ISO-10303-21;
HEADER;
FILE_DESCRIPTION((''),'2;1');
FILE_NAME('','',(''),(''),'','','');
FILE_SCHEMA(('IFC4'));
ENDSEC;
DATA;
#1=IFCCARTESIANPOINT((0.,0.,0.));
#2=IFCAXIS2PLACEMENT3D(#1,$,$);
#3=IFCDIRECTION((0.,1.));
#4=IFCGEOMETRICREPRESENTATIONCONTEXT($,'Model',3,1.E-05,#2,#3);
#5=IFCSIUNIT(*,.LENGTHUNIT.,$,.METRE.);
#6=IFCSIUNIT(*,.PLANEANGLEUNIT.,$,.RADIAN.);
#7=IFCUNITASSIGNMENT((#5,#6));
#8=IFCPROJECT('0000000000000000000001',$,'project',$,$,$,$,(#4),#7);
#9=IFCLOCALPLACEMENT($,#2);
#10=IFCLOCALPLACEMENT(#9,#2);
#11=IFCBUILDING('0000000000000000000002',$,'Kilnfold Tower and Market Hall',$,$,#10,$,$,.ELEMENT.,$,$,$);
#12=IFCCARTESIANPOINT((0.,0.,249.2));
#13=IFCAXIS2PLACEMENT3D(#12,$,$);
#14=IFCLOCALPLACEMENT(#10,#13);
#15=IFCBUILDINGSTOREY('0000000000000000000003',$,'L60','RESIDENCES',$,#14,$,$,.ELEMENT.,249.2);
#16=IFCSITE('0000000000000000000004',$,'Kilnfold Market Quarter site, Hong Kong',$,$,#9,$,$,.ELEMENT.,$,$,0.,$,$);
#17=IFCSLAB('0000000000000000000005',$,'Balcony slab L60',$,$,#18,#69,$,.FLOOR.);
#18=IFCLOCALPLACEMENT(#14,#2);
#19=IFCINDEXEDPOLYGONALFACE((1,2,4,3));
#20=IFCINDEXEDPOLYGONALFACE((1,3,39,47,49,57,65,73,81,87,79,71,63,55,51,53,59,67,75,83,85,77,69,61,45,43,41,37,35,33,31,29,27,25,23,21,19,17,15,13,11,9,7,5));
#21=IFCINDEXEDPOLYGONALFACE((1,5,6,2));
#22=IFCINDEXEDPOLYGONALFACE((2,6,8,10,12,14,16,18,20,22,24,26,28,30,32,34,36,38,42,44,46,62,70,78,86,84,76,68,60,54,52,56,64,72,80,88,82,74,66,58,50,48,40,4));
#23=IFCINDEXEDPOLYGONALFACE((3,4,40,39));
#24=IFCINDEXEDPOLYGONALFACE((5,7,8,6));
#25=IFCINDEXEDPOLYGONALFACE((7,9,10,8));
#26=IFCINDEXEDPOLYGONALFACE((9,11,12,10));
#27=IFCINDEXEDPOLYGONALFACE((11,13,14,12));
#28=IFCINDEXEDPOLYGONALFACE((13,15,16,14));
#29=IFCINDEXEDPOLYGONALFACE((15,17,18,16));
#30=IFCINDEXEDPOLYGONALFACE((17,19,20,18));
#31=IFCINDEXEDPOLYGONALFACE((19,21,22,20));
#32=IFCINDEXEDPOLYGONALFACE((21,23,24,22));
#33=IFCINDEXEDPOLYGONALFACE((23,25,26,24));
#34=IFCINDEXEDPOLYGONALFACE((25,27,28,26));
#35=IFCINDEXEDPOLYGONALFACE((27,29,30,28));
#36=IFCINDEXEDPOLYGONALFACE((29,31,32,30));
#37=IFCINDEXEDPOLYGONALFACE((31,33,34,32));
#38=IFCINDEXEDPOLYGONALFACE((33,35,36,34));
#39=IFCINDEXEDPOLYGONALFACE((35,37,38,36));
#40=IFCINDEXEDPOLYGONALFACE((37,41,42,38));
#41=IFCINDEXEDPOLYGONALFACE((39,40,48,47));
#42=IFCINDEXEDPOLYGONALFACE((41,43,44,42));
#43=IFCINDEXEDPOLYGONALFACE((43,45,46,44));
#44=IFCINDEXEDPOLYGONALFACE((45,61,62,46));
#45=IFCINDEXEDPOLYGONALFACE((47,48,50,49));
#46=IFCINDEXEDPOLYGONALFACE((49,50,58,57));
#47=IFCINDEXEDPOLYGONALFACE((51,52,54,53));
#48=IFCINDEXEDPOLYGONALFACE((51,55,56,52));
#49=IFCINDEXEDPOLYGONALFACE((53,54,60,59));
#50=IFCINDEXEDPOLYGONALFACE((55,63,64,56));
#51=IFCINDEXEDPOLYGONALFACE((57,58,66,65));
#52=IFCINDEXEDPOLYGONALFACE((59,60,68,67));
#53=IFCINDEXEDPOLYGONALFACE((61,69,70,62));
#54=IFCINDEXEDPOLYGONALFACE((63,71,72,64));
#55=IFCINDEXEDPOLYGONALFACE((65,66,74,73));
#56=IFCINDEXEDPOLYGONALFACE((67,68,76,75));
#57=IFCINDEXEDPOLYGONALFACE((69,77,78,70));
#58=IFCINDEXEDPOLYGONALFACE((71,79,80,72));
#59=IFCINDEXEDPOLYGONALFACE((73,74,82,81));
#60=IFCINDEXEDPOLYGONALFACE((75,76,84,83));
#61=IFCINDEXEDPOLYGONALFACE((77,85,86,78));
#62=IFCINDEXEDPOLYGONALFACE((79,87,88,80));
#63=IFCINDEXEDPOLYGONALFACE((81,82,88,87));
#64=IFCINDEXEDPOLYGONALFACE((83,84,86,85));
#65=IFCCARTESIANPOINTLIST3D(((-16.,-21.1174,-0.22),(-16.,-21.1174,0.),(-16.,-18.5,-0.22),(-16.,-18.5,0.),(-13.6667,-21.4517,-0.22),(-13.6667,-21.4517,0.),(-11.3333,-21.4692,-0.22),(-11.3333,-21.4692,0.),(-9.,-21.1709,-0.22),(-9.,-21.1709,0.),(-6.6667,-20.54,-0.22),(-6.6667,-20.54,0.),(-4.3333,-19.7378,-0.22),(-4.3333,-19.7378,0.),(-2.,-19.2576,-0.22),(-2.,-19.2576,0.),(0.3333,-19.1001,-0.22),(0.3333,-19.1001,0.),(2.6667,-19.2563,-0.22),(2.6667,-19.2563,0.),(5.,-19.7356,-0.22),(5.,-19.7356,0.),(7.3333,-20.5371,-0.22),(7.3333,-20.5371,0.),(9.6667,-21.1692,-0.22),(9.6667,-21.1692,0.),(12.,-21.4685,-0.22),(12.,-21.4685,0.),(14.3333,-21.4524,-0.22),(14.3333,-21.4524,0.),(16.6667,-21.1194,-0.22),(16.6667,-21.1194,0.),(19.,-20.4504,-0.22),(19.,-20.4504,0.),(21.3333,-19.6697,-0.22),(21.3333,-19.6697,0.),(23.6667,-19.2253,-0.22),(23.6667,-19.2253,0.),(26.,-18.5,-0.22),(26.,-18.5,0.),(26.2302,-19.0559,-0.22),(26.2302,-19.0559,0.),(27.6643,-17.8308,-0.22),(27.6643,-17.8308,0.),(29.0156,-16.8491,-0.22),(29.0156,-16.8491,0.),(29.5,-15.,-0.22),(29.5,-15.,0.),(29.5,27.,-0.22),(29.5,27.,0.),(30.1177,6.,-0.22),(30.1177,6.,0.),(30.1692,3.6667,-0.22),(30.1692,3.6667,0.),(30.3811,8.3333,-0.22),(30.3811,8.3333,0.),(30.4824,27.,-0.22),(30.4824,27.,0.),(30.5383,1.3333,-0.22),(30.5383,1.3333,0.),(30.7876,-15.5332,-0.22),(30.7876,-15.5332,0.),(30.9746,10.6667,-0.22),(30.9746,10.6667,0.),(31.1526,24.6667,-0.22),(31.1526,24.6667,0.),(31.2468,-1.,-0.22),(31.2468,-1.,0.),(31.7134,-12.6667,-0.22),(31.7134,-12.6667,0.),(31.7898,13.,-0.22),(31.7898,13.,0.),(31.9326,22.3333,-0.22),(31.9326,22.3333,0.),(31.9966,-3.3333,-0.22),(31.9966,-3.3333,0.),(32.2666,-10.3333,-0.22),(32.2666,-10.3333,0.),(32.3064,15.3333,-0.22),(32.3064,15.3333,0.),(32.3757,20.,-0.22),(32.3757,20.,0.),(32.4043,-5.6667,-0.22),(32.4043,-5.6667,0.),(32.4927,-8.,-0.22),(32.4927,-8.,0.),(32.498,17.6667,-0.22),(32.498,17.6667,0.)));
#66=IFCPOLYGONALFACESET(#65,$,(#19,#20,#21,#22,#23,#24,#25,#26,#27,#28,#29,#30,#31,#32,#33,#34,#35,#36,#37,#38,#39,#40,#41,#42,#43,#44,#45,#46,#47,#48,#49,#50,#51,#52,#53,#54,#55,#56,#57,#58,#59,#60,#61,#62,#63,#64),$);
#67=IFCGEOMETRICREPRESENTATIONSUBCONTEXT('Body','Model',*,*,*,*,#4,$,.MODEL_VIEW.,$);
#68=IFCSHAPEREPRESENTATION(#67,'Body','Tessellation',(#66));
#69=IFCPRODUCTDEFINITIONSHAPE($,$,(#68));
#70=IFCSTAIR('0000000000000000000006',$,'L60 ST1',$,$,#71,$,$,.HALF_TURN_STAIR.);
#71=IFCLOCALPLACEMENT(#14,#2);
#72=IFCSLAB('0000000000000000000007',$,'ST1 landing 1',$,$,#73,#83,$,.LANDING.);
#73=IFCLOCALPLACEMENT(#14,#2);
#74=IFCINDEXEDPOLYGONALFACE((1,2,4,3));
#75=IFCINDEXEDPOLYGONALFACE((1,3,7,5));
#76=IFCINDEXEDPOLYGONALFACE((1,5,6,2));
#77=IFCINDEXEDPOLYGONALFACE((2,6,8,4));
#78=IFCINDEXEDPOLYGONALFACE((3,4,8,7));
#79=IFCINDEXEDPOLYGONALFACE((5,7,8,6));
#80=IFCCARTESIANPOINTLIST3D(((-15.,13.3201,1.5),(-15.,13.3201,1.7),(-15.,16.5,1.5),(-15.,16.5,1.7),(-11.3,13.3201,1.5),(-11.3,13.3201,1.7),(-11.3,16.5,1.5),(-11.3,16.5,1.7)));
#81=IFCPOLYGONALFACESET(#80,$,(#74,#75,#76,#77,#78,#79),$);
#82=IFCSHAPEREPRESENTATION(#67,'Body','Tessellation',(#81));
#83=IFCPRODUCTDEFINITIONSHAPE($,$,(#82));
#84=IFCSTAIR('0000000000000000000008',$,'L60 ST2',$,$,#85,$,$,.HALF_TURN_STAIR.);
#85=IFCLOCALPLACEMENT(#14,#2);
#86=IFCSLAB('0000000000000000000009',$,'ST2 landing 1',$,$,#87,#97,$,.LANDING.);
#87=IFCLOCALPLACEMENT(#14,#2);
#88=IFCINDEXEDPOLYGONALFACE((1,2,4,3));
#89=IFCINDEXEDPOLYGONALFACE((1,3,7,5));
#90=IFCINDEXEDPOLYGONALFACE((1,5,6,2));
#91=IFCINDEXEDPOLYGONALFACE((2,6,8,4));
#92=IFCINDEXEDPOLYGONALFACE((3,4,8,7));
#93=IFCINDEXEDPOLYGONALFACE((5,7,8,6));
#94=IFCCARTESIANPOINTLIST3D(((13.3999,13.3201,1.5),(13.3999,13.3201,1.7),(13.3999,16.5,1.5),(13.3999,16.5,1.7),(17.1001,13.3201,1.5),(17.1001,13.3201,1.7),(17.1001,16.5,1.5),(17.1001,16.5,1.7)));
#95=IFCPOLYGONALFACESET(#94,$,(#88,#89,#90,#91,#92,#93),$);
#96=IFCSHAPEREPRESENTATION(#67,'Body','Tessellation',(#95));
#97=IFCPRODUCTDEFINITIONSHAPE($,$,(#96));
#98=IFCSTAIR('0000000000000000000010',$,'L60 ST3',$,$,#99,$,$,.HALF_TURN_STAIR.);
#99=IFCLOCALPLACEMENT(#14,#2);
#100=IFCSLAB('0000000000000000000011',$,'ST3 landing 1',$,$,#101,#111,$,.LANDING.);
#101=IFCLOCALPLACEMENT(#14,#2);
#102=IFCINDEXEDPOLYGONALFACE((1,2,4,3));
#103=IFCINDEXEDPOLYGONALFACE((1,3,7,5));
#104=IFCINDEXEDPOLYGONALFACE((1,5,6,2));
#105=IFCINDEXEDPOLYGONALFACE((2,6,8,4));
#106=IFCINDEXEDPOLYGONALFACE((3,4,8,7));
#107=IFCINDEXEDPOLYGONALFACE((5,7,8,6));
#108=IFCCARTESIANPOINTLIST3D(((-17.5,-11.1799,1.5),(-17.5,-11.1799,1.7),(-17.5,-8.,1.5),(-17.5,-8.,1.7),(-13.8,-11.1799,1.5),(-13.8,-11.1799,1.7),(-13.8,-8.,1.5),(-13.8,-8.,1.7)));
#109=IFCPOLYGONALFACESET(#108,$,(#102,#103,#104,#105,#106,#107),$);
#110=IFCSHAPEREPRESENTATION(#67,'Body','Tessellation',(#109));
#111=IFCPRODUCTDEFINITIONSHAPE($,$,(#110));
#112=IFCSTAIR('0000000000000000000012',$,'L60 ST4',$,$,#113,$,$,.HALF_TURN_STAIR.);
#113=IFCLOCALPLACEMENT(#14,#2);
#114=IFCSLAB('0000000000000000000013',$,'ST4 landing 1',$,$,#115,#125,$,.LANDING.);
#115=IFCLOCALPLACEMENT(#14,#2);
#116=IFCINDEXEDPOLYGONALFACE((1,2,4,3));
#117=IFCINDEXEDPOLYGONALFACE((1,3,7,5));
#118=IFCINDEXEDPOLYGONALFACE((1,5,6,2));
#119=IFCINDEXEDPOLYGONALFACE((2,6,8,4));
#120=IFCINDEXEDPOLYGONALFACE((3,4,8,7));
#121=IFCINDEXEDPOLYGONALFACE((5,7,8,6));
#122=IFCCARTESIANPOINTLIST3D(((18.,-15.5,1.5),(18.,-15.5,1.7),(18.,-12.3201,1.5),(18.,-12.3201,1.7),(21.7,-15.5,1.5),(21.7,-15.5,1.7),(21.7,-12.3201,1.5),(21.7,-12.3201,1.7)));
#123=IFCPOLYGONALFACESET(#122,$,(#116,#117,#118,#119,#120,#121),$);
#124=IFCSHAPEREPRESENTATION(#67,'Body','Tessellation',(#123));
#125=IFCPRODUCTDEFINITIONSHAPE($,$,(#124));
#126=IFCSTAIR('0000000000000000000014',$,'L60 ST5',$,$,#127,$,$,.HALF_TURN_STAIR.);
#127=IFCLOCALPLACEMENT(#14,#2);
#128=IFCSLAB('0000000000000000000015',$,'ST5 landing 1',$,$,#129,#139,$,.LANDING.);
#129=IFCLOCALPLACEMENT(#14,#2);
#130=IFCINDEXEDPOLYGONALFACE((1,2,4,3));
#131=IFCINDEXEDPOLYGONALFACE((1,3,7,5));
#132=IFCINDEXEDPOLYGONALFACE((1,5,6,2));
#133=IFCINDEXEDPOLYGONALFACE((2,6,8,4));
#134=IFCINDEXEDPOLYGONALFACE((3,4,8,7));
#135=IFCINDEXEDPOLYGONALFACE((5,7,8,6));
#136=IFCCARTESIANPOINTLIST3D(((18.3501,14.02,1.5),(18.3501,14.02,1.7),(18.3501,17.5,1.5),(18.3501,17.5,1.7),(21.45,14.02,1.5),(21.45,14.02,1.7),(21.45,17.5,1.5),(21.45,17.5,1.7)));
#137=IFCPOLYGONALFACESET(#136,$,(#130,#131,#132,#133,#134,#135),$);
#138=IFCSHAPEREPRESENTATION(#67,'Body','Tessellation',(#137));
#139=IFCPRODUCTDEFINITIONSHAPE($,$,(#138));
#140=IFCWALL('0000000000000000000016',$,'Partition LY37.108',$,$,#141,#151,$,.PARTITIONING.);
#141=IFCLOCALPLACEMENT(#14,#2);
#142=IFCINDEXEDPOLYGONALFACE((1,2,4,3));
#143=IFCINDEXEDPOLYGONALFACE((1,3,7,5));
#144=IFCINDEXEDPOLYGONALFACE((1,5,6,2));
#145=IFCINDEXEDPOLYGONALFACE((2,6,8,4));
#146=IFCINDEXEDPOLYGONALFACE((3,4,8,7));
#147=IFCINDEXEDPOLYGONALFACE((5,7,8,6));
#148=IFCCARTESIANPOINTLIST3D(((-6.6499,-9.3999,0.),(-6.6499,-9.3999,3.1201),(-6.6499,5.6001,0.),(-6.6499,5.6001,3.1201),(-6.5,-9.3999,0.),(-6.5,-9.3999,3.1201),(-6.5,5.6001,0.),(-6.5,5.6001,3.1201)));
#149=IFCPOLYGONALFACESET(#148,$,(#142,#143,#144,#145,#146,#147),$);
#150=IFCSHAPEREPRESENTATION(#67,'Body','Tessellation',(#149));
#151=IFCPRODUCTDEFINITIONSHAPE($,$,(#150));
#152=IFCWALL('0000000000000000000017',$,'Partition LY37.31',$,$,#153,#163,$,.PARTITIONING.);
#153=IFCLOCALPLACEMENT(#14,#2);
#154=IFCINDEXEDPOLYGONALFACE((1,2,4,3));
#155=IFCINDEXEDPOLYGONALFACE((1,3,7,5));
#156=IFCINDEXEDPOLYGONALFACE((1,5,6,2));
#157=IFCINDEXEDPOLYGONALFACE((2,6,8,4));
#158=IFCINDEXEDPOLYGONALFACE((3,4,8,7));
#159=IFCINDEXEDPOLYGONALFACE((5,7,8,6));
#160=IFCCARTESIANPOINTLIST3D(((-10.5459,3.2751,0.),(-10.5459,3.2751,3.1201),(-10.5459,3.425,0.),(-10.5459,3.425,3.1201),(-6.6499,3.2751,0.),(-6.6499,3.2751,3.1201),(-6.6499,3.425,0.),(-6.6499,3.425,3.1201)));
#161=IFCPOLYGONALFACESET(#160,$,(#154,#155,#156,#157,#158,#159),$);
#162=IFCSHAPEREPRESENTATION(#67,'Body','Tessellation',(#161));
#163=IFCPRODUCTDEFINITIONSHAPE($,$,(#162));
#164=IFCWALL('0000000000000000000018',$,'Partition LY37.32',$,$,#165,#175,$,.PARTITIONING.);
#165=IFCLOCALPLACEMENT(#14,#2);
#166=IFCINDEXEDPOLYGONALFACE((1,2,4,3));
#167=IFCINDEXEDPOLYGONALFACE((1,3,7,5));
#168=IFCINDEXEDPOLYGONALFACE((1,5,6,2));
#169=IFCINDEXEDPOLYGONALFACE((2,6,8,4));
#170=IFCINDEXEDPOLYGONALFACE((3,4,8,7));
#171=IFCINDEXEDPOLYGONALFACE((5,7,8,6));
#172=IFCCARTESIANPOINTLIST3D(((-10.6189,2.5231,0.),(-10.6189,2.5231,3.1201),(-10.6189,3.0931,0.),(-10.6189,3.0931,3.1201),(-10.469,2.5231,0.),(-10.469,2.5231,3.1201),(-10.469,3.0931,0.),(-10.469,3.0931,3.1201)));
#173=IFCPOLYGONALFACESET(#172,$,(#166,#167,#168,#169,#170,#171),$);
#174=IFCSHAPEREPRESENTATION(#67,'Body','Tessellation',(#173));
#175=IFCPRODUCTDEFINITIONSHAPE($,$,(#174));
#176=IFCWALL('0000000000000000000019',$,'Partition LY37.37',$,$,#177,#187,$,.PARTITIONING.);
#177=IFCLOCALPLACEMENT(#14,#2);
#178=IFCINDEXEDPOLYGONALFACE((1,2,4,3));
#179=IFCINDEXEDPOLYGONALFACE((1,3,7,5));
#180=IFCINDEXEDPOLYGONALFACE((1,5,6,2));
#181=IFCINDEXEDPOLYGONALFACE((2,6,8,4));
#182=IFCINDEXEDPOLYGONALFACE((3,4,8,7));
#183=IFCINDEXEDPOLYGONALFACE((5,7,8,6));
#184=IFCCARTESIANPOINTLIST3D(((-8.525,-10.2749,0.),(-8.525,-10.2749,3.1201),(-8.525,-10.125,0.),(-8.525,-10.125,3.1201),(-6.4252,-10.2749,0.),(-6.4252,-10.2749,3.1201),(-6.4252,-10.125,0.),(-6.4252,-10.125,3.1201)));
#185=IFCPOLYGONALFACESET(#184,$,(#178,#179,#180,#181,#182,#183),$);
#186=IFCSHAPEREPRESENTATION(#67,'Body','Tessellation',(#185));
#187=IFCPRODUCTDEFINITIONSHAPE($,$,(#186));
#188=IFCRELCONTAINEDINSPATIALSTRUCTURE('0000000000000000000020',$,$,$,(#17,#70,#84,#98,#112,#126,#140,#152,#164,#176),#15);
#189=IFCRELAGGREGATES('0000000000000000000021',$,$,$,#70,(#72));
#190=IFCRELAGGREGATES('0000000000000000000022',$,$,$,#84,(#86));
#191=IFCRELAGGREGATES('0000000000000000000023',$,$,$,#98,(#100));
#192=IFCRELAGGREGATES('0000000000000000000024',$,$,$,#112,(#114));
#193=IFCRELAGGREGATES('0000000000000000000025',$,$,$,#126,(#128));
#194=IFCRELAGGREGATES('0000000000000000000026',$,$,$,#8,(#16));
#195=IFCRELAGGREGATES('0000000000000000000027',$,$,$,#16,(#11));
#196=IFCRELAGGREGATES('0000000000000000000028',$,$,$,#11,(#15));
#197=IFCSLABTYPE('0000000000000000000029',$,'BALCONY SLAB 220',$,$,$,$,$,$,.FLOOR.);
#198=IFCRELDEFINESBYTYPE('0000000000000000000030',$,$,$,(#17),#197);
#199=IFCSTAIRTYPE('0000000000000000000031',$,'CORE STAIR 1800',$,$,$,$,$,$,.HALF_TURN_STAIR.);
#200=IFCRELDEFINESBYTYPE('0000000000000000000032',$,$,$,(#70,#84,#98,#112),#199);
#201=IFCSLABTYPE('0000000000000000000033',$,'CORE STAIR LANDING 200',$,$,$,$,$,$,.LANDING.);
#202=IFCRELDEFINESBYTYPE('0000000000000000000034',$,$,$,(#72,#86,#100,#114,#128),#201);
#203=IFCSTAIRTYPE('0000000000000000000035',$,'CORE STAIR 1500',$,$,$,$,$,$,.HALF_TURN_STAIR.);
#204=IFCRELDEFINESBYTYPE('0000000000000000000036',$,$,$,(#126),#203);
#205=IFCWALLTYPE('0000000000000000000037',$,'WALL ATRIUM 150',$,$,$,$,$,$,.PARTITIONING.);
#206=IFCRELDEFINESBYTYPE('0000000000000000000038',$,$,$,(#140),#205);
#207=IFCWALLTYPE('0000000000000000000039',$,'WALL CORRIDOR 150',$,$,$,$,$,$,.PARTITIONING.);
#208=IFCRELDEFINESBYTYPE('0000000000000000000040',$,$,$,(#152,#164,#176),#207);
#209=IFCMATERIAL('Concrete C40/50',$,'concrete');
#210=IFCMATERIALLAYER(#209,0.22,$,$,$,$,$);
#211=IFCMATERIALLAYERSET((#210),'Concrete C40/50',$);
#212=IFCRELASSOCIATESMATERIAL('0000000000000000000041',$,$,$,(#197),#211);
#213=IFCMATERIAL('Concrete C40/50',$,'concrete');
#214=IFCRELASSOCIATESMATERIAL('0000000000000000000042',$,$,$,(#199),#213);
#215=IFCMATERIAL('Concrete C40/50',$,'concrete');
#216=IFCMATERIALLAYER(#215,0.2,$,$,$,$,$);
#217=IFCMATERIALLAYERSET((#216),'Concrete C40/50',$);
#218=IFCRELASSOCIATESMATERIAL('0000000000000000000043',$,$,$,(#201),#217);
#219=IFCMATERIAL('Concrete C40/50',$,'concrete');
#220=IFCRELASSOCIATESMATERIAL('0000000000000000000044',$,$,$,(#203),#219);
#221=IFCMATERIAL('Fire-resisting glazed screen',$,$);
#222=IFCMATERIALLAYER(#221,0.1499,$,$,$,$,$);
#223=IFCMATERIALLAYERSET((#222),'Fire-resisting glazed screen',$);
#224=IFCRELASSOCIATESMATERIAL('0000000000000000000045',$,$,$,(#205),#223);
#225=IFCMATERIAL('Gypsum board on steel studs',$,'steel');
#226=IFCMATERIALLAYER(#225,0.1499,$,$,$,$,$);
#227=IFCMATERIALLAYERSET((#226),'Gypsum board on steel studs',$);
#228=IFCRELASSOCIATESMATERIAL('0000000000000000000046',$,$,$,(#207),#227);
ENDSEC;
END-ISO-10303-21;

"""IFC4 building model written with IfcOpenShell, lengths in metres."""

from ifc_helpers import new_model, si_unit, direction, frame, frame_2d, origin, place, context, subcontext, project, spatial, polyline, rectangle, outline, extrude, source, transform, mapped, material, layer, layer_set, type_object, element, aggregate, save


model = new_model("IFC4")

# Units and contexts
model_context = context("Model", 3, precision=1e-05, world=origin(), true_north=direction((0.0, 1.0)))
body_context = subcontext(model_context, "Body", "Model", "MODEL_VIEW")
ifc_project = project(units=[si_unit("LENGTHUNIT", "METRE"), si_unit("PLANEANGLEUNIT", "RADIAN")], contexts=[model_context])

# Site, building, storey
site_placement = place(None, origin())
site = spatial("IfcSite", under=ifc_project, at=site_placement, Name="Kilnfold Market Quarter site, Hong Kong", CompositionType="ELEMENT", RefElevation=0.0)
building_placement = place(site_placement, origin())
building = spatial("IfcBuilding", under=site, at=building_placement, Name="Kilnfold Tower and Market Hall", CompositionType="ELEMENT")
storey_placement = place(building_placement, frame((0.0, 0.0, 249.2)))
storey = spatial("IfcBuildingStorey", under=building, at=storey_placement, Name="L60", Description="RESIDENCES", CompositionType="ELEMENT", Elevation=249.2)

# Slab
ifc_material_1 = material(Name="Concrete C40/50", Category="concrete")
ifc_layer_1 = layer(ifc_material_1, 0.22)
ifc_layer_set_1 = layer_set([ifc_layer_1], Name="Concrete C40/50")
slab_type_1 = type_object("IfcSlabType", Name="BALCONY SLAB 220", PredefinedType="FLOOR", material=ifc_layer_set_1)
shared_shape_1 = source(origin(), body_context, "Body", "SweptSolid", [
    extrude(outline(polyline([(-16.0, -18.5), (26.0, -18.5), (29.5, -15.0), (29.5, 27.0), (30.4824, 27.0), (31.1526, 24.6667), (31.9326, 22.3333), (32.3757, 20.0), (32.498, 17.6667), (32.3064, 15.3333), (31.7898, 13.0), (30.9746, 10.6667), (30.3811, 8.3333), (30.1177, 6.0), (30.1692, 3.6667), (30.5383, 1.3333), (31.2468, -1.0), (31.9966, -3.3333), (32.4043, -5.6667), (32.4927, -8.0), (32.2666, -10.3333), (31.7134, -12.6667), (30.7876, -15.5332), (29.0156, -16.8491), (27.6643, -17.8308), (26.2302, -19.0559), (23.6667, -19.2253), (21.3333, -19.6697), (19.0, -20.4504), (16.6667, -21.1194), (14.3333, -21.4524), (12.0, -21.4685), (9.6667, -21.1692), (7.3333, -20.5371), (5.0, -19.7356), (2.6667, -19.2563), (0.3333, -19.1001), (-2.0, -19.2576), (-4.3333, -19.7378), (-6.6667, -20.54), (-9.0, -21.1709), (-11.3333, -21.4692), (-13.6667, -21.4517), (-16.0, -21.1174), (-16.0, -18.5)])), origin(), (0.0, 0.0, 1.0), 0.22),
])
slab_1_placement = place(storey_placement, frame((0.0, 0.0, -0.22)))
element("IfcSlab", 1, at=slab_1_placement, inside=storey, type_object=slab_type_1, Name="Balcony slab L60", PredefinedType="FLOOR", context=body_context, shape_type="MappedRepresentation", body=[
    mapped(shared_shape_1, transform((0.0, 0.0, 0.0))),
])

# Stairs, slabs
ifc_material_2 = material(Name="Concrete C40/50", Category="concrete")
stair_type_1 = type_object("IfcStairType", Name="CORE STAIR 1800", PredefinedType="HALF_TURN_STAIR", material=ifc_material_2)
stair_1_placement = place(storey_placement, origin())
stair_1 = element("IfcStair", 2, at=stair_1_placement, inside=storey, type_object=stair_type_1, Name="L60 ST1", PredefinedType="HALF_TURN_STAIR")
ifc_material_3 = material(Name="Concrete C40/50", Category="concrete")
ifc_layer_2 = layer(ifc_material_3, 0.2)
ifc_layer_set_2 = layer_set([ifc_layer_2], Name="Concrete C40/50")
slab_type_2 = type_object("IfcSlabType", Name="CORE STAIR LANDING 200", PredefinedType="LANDING", material=ifc_layer_set_2)
shared_shape_2 = source(origin(), body_context, "Body", "SweptSolid", [
    extrude(outline(polyline([(-11.3, 13.3201), (-11.3, 16.5), (-15.0, 16.5), (-15.0, 13.3201), (-11.3, 13.3201)])), origin(), (0.0, 0.0, 1.0), 0.2),
])
slab_2_placement = place(storey_placement, frame((0.0, 0.0, 1.5)))
slab_2 = element("IfcSlab", 3, at=slab_2_placement, type_object=slab_type_2, Name="ST1 landing 1", PredefinedType="LANDING", context=body_context, shape_type="MappedRepresentation", body=[
    mapped(shared_shape_2, transform((0.0, 0.0, 0.0))),
])
aggregate(stair_1, [slab_2])
stair_2_placement = place(storey_placement, origin())
stair_2 = element("IfcStair", 4, at=stair_2_placement, inside=storey, type_object=stair_type_1, Name="L60 ST2", PredefinedType="HALF_TURN_STAIR")
shared_shape_3 = source(origin(), body_context, "Body", "SweptSolid", [
    extrude(outline(polyline([(17.1001, 13.3201), (17.1001, 16.5), (13.3999, 16.5), (13.3999, 13.3201), (17.1001, 13.3201)])), origin(), (0.0, 0.0, 1.0), 0.2),
])
slab_3_placement = place(storey_placement, frame((0.0, 0.0, 1.5)))
slab_3 = element("IfcSlab", 5, at=slab_3_placement, type_object=slab_type_2, Name="ST2 landing 1", PredefinedType="LANDING", context=body_context, shape_type="MappedRepresentation", body=[
    mapped(shared_shape_3, transform((0.0, 0.0, 0.0))),
])
aggregate(stair_2, [slab_3])
stair_3_placement = place(storey_placement, origin())
stair_3 = element("IfcStair", 6, at=stair_3_placement, inside=storey, type_object=stair_type_1, Name="L60 ST3", PredefinedType="HALF_TURN_STAIR")
shared_shape_4 = source(origin(), body_context, "Body", "SweptSolid", [
    extrude(outline(polyline([(-13.8, -11.1799), (-13.8, -8.0), (-17.5, -8.0), (-17.5, -11.1799), (-13.8, -11.1799)])), origin(), (0.0, 0.0, 1.0), 0.2),
])
slab_4_placement = place(storey_placement, frame((0.0, 0.0, 1.5)))
slab_4 = element("IfcSlab", 7, at=slab_4_placement, type_object=slab_type_2, Name="ST3 landing 1", PredefinedType="LANDING", context=body_context, shape_type="MappedRepresentation", body=[
    mapped(shared_shape_4, transform((0.0, 0.0, 0.0))),
])
aggregate(stair_3, [slab_4])
stair_4_placement = place(storey_placement, origin())
stair_4 = element("IfcStair", 8, at=stair_4_placement, inside=storey, type_object=stair_type_1, Name="L60 ST4", PredefinedType="HALF_TURN_STAIR")
shared_shape_5 = source(origin(), body_context, "Body", "SweptSolid", [
    extrude(outline(polyline([(18.0, -12.3201), (18.0, -15.5), (21.7, -15.5), (21.7, -12.3201), (18.0, -12.3201)])), origin(), (0.0, 0.0, 1.0), 0.2),
])
slab_5_placement = place(storey_placement, frame((0.0, 0.0, 1.5)))
slab_5 = element("IfcSlab", 9, at=slab_5_placement, type_object=slab_type_2, Name="ST4 landing 1", PredefinedType="LANDING", context=body_context, shape_type="MappedRepresentation", body=[
    mapped(shared_shape_5, transform((0.0, 0.0, 0.0))),
])
aggregate(stair_4, [slab_5])
ifc_material_4 = material(Name="Concrete C40/50", Category="concrete")
stair_type_2 = type_object("IfcStairType", Name="CORE STAIR 1500", PredefinedType="HALF_TURN_STAIR", material=ifc_material_4)
stair_5_placement = place(storey_placement, origin())
stair_5 = element("IfcStair", 10, at=stair_5_placement, inside=storey, type_object=stair_type_2, Name="L60 ST5", PredefinedType="HALF_TURN_STAIR")
shared_shape_6 = source(origin(), body_context, "Body", "SweptSolid", [
    extrude(outline(polyline([(21.45, 14.02), (21.45, 17.5), (18.3501, 17.5), (18.3501, 14.02), (21.45, 14.02)])), origin(), (0.0, 0.0, 1.0), 0.2),
])
slab_6_placement = place(storey_placement, frame((0.0, 0.0, 1.5)))
slab_6 = element("IfcSlab", 11, at=slab_6_placement, type_object=slab_type_2, Name="ST5 landing 1", PredefinedType="LANDING", context=body_context, shape_type="MappedRepresentation", body=[
    mapped(shared_shape_6, transform((0.0, 0.0, 0.0))),
])
aggregate(stair_5, [slab_6])

# Walls
ifc_material_5 = material(Name="Fire-resisting glazed screen")
ifc_layer_3 = layer(ifc_material_5, 0.1499)
ifc_layer_set_3 = layer_set([ifc_layer_3], Name="Fire-resisting glazed screen")
wall_type_1 = type_object("IfcWallType", Name="WALL ATRIUM 150", PredefinedType="PARTITIONING", material=ifc_layer_set_3)
wall_1_placement = place(storey_placement, frame((-6.575, -9.3999, 0.0), z_axis=(0.0, 0.0, 1.0), x_axis=(0.0, 1.0, 0.0)))
element("IfcWall", 12, at=wall_1_placement, inside=storey, type_object=wall_type_1, Name="Partition LY37.108", PredefinedType="PARTITIONING", context=body_context, shape_type="SweptSolid", body=[
    extrude(rectangle(XDim=15.0, YDim=0.1499, at=frame_2d((7.5, 0.0))), origin(), (0.0, 0.0, 1.0), 3.1201),
])
ifc_material_6 = material(Name="Gypsum board on steel studs", Category="steel")
ifc_layer_4 = layer(ifc_material_6, 0.1499)
ifc_layer_set_4 = layer_set([ifc_layer_4], Name="Gypsum board on steel studs")
wall_type_2 = type_object("IfcWallType", Name="WALL CORRIDOR 150", PredefinedType="PARTITIONING", material=ifc_layer_set_4)
wall_2_placement = place(storey_placement, frame((-10.5459, 3.3501, 0.0), z_axis=(0.0, 0.0, 1.0), x_axis=(1.0, 0.0, 0.0)))
element("IfcWall", 13, at=wall_2_placement, inside=storey, type_object=wall_type_2, Name="Partition LY37.31", PredefinedType="PARTITIONING", context=body_context, shape_type="SweptSolid", body=[
    extrude(rectangle(XDim=3.896, YDim=0.1499, at=frame_2d((1.948, 0.0))), origin(), (0.0, 0.0, 1.0), 3.1201),
])
wall_3_placement = place(storey_placement, frame((-10.5439, 2.5229, 0.0), z_axis=(0.0, 0.0, 1.0), x_axis=(0.0, 1.0, 0.0)))
element("IfcWall", 14, at=wall_3_placement, inside=storey, type_object=wall_type_2, Name="Partition LY37.32", PredefinedType="PARTITIONING", context=body_context, shape_type="SweptSolid", body=[
    extrude(rectangle(XDim=0.5701, YDim=0.1499, at=frame_2d((0.2852, 0.0))), origin(), (0.0, 0.0, 1.0), 3.1201),
])
wall_4_placement = place(storey_placement, frame((-8.5249, -10.2, 0.0), z_axis=(0.0, 0.0, 1.0), x_axis=(1.0, 0.0, 0.0)))
element("IfcWall", 15, at=wall_4_placement, inside=storey, type_object=wall_type_2, Name="Partition LY37.37", PredefinedType="PARTITIONING", context=body_context, shape_type="SweptSolid", body=[
    extrude(rectangle(XDim=2.0999, YDim=0.1499, at=frame_2d((1.0498, 0.0))), origin(), (0.0, 0.0, 1.0), 3.1201),
])

save(model, "model.ifc")
